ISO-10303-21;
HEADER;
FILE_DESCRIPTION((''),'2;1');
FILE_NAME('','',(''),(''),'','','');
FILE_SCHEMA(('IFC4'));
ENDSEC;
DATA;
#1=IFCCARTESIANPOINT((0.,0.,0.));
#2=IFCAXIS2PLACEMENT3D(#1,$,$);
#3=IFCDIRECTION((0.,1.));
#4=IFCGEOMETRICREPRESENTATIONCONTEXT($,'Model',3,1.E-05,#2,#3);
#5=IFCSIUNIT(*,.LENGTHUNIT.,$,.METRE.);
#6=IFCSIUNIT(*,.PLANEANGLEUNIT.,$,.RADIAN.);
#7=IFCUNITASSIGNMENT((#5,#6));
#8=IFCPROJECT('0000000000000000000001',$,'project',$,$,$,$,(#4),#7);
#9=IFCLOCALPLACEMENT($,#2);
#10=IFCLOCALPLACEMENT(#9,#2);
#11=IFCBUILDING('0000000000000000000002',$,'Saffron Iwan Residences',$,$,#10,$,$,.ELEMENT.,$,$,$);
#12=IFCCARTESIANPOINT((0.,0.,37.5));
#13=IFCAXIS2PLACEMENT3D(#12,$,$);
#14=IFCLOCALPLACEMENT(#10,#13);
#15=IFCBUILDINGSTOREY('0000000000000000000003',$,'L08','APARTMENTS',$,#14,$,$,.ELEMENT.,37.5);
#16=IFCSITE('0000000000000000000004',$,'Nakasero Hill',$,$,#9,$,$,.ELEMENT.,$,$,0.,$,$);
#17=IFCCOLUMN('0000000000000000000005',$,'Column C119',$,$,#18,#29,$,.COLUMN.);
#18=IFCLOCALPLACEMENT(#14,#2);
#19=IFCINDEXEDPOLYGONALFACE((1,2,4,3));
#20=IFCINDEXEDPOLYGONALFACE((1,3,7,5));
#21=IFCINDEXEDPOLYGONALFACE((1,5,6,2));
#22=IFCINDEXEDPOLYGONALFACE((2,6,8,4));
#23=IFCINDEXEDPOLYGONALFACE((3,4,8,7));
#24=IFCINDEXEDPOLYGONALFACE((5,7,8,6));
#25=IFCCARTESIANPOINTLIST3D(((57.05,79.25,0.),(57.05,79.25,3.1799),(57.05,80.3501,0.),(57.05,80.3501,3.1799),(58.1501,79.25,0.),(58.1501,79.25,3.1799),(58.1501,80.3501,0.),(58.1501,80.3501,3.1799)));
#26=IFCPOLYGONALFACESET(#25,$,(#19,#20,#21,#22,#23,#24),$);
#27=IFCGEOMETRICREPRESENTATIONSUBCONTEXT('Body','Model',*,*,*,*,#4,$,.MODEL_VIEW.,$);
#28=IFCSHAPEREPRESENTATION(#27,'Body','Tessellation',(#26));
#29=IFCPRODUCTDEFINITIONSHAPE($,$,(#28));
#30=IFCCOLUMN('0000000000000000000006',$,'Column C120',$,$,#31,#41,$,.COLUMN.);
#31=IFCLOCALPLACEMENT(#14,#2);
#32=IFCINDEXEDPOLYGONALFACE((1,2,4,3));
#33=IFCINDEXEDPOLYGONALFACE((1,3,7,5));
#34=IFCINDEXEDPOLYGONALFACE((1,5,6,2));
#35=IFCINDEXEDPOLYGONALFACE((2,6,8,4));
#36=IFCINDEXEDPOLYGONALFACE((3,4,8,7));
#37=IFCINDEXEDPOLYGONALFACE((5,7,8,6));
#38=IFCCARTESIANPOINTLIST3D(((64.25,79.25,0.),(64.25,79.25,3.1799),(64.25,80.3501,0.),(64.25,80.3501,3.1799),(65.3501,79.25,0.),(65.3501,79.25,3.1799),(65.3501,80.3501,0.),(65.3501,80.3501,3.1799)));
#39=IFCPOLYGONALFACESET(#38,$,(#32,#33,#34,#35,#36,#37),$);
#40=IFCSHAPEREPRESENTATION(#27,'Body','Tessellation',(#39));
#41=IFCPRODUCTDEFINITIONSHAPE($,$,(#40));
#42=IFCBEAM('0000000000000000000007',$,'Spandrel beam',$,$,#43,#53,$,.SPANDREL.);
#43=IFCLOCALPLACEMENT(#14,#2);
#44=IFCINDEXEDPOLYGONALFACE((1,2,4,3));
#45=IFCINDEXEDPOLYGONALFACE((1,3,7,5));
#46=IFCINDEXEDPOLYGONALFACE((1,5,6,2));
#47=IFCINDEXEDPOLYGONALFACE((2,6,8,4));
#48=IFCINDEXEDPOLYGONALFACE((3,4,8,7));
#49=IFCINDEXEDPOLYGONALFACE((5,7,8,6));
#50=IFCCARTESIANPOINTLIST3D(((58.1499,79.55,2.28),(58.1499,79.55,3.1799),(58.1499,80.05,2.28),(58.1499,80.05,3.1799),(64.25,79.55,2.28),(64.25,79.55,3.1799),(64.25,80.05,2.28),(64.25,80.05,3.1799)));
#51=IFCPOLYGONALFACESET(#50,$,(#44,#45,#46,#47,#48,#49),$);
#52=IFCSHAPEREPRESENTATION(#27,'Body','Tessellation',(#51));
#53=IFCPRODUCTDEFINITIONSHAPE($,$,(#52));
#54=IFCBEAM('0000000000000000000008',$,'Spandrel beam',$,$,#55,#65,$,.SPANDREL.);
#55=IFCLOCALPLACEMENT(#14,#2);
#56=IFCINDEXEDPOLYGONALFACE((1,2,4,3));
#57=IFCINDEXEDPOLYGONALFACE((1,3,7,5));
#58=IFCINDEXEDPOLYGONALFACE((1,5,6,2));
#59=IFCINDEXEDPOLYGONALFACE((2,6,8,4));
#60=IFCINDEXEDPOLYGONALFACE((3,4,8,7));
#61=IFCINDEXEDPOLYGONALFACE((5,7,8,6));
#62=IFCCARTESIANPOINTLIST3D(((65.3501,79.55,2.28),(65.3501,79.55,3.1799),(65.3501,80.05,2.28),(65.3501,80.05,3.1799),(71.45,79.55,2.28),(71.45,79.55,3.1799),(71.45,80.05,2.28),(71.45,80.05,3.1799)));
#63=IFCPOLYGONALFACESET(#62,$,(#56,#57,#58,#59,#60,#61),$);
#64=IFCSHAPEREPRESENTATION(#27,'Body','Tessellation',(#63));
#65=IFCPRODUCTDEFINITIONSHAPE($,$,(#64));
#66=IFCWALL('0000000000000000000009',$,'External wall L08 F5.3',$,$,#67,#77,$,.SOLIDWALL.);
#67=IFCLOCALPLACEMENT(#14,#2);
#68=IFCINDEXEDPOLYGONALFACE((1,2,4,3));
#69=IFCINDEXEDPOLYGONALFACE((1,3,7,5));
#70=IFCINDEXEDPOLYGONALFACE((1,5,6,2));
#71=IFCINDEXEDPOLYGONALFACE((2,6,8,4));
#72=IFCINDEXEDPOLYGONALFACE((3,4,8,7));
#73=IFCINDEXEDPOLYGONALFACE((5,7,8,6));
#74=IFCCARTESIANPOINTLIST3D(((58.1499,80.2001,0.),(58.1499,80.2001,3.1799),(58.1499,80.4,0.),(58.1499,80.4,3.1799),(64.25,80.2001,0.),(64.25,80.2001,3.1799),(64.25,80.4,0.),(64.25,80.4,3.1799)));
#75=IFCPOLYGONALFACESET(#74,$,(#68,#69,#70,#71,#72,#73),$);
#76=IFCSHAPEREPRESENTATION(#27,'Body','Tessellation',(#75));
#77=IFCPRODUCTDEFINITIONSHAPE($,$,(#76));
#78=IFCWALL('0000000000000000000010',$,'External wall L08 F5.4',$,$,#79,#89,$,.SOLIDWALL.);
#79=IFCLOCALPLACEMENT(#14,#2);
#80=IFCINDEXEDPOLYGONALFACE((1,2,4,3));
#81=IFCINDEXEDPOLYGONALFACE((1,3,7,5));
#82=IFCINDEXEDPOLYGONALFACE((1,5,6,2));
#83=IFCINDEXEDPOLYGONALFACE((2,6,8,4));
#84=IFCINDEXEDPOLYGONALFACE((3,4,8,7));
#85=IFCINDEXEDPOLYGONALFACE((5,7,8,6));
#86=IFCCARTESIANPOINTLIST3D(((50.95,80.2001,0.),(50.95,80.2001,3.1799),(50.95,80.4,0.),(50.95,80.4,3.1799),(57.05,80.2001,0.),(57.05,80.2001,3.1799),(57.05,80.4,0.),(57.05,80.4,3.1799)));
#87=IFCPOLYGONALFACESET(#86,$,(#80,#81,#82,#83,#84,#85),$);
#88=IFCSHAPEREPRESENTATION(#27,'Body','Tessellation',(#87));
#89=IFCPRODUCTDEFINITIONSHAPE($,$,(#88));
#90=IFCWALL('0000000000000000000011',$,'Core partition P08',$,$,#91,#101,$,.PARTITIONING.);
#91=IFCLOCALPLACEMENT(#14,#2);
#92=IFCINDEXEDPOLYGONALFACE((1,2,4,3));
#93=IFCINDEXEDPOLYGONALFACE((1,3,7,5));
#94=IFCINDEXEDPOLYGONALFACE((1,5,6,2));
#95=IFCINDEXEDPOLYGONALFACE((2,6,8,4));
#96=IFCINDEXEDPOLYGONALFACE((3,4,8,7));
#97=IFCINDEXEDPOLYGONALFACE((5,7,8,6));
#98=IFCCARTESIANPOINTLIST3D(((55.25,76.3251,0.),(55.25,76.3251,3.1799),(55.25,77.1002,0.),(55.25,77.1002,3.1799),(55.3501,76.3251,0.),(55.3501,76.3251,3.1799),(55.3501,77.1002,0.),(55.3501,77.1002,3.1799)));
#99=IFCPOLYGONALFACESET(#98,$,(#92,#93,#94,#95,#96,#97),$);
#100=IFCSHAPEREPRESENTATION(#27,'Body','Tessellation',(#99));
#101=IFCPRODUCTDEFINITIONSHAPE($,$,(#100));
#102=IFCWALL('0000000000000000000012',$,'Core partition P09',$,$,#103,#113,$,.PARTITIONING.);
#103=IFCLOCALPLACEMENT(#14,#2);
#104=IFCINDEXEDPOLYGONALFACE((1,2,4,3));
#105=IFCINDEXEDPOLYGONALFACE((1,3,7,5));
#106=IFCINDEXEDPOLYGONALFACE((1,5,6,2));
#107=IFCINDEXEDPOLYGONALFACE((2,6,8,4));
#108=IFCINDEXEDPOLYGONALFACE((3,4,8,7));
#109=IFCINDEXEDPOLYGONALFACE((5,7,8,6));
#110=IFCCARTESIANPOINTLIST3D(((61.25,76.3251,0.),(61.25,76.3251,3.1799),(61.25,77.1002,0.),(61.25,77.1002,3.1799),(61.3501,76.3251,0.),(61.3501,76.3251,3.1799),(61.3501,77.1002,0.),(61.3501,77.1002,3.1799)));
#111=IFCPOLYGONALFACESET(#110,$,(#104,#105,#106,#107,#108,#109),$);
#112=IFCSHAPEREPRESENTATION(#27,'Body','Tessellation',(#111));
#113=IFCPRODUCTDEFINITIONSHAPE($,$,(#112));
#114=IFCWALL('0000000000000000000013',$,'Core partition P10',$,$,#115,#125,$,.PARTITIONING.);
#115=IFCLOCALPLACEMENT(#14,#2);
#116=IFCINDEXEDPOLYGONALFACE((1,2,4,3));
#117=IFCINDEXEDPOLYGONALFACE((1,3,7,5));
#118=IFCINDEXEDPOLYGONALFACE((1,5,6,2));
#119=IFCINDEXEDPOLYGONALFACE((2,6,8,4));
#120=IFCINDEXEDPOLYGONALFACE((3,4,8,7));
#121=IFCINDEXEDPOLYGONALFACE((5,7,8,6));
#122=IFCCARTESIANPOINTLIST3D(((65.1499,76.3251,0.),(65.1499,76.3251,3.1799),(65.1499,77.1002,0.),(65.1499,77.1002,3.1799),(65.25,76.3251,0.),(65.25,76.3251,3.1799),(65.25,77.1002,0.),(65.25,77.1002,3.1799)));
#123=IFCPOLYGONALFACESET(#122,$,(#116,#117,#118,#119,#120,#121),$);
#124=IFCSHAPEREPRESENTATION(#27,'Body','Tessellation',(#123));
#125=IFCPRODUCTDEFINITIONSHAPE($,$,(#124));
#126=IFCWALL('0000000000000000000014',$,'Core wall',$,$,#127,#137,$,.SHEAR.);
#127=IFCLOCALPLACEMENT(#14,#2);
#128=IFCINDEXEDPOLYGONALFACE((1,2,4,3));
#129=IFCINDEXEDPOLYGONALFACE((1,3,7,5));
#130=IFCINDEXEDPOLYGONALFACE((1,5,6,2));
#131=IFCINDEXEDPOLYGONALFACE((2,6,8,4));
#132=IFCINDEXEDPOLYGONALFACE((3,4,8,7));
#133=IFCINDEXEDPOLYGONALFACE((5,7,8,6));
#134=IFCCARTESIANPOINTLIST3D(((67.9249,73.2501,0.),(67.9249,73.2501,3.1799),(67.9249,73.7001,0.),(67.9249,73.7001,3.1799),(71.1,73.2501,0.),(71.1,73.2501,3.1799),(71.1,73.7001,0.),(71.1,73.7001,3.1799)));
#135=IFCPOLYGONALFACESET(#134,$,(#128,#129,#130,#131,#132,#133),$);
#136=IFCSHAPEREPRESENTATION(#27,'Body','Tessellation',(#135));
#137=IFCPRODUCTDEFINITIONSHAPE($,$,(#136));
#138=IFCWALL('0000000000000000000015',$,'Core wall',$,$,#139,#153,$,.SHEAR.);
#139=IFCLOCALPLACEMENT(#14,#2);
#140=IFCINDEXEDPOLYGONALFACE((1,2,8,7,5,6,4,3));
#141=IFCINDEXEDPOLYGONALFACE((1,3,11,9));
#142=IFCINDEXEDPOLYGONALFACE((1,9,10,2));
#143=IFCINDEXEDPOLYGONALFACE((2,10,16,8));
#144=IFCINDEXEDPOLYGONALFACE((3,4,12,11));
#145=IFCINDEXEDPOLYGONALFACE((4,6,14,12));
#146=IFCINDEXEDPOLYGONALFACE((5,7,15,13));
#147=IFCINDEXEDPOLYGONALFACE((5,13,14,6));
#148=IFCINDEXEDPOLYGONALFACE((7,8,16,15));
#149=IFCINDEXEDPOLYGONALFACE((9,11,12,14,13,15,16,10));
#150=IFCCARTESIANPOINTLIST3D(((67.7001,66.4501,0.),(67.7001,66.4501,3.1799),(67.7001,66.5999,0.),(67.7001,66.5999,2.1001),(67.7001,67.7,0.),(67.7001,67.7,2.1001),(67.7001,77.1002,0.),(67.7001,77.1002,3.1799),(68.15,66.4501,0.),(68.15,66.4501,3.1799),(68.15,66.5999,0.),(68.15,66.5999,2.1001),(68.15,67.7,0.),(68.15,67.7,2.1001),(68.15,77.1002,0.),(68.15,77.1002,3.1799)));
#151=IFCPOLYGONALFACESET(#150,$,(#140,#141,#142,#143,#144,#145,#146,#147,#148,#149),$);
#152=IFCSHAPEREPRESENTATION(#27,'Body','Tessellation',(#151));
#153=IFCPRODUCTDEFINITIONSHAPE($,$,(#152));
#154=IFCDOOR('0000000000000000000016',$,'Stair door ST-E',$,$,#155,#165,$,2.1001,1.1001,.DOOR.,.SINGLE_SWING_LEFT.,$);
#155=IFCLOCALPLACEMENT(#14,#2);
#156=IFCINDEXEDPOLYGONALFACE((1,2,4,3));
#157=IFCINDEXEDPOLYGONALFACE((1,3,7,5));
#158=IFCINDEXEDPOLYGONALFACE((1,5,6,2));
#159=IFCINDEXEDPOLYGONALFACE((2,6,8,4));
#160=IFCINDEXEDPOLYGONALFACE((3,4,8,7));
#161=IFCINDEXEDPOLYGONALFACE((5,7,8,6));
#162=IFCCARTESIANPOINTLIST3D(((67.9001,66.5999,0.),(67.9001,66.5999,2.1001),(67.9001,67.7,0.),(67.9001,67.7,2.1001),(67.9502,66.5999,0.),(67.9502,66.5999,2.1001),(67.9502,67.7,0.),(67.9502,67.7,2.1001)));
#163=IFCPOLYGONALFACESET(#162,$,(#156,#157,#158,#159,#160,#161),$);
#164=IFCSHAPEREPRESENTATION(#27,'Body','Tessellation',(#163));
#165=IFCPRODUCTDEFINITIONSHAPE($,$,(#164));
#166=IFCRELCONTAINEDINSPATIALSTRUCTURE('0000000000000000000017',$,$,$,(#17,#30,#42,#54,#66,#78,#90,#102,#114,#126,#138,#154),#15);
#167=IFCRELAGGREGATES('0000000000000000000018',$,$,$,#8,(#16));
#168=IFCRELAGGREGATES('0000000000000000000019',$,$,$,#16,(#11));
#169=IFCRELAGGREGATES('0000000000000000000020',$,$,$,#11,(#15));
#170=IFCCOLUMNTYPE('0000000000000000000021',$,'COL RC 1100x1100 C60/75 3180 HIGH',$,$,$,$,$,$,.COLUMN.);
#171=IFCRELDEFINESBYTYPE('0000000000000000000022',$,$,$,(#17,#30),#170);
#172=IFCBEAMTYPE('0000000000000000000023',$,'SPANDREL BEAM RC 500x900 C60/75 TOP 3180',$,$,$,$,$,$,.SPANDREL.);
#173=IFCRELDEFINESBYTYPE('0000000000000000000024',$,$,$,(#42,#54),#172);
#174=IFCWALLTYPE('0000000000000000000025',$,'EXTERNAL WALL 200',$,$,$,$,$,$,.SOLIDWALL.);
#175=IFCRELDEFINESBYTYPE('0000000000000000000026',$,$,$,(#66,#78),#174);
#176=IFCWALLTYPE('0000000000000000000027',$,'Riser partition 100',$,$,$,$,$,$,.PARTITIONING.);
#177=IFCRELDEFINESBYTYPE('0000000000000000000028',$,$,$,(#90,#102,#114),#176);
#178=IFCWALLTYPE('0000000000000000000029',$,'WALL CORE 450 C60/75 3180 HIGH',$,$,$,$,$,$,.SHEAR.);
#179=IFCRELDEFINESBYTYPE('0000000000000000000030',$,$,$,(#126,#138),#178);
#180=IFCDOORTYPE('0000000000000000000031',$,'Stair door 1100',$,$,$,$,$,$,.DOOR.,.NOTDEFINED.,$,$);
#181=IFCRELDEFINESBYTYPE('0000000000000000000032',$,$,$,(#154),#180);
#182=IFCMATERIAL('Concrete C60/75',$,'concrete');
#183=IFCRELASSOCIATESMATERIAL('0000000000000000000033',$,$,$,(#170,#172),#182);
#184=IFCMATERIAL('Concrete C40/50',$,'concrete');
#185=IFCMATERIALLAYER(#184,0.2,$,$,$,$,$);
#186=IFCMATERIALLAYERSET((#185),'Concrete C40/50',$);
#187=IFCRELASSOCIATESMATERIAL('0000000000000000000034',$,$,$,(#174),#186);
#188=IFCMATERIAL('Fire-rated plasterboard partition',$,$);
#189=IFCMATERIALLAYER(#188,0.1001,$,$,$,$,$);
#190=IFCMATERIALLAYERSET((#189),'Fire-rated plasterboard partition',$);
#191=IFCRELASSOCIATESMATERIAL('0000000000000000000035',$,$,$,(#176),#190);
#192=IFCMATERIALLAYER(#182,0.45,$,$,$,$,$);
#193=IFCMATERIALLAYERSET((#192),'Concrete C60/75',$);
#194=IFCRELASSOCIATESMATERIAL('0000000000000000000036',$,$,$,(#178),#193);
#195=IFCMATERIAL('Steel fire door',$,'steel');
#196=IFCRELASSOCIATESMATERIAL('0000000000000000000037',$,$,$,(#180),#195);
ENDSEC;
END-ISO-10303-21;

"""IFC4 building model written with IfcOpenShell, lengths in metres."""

from ifc_helpers import new_model, si_unit, direction, frame, frame_2d, origin, origin_2d, place, context, subcontext, project, spatial, rectangle, extrude, source, transform, mapped, material, layer, layer_set, material_profile, profile_set, type_object, element, fill, save


model = new_model("IFC4")

# Units and contexts
model_context = context("Model", 3, precision=1e-05, world=origin(), true_north=direction((0.0, 1.0)))
body_context = subcontext(model_context, "Body", "Model", "MODEL_VIEW")
ifc_project = project(units=[si_unit("LENGTHUNIT", "METRE"), si_unit("PLANEANGLEUNIT", "RADIAN")], contexts=[model_context])

# Site, building, storey
site_placement = place(None, origin())
site = spatial("IfcSite", under=ifc_project, at=site_placement, Name="Nakasero Hill", CompositionType="ELEMENT", RefElevation=0.0)
building_placement = place(site_placement, origin())
building = spatial("IfcBuilding", under=site, at=building_placement, Name="Saffron Iwan Residences", CompositionType="ELEMENT")
storey_placement = place(building_placement, frame((0.0, 0.0, 37.5)))
storey = spatial("IfcBuildingStorey", under=building, at=storey_placement, Name="L08", Description="APARTMENTS", CompositionType="ELEMENT", Elevation=37.5)

# Columns
ifc_material_1 = material(Name="Concrete C60/75", Category="concrete")
ifc_material_profile_1 = material_profile(ifc_material_1, rectangle(XDim=1.1001, YDim=1.1001, at=origin_2d()), Name="RC 1100x1100")
ifc_profile_set_1 = profile_set([ifc_material_profile_1], Name="Concrete C60/75")
column_type = type_object("IfcColumnType", Name="COL RC 1100x1100 C60/75 3180 HIGH", PredefinedType="COLUMN", material=ifc_profile_set_1)
shared_shape_1 = source(origin(), body_context, "Body", "SweptSolid", [
    extrude(rectangle(XDim=1.1001, YDim=1.1001, at=origin_2d()), origin(), (0.0, 0.0, 1.0), 3.1799),
])
for number, where, z_axis, x_axis, name in (
    (1, (57.6001, 79.8, 0.0), (0.0, 0.0, 1.0), (1.0, 0.0, 0.0), "Column C119"),
    (2, (64.8, 79.8, 0.0), (0.0, 0.0, 1.0), (1.0, 0.0, 0.0), "Column C120"),
):
    element("IfcColumn", number, at=place(storey_placement, frame(where, z_axis=z_axis, x_axis=x_axis)), inside=storey, type_object=column_type, Name=name, PredefinedType="COLUMN", context=body_context, shape_type="MappedRepresentation", body=[
        mapped(shared_shape_1, transform((0.0, 0.0, 0.0))),
    ])

# Beams
ifc_material_profile_2 = material_profile(ifc_material_1, rectangle(XDim=0.5, YDim=0.8999, at=origin_2d()), Name="RC 500x900")
ifc_profile_set_2 = profile_set([ifc_material_profile_2], Name="Concrete C60/75")
beam_type = type_object("IfcBeamType", Name="SPANDREL BEAM RC 500x900 C60/75 TOP 3180", PredefinedType="SPANDREL", material=ifc_profile_set_2)
shared_shape_2 = source(origin(), body_context, "Body", "SweptSolid", [
    extrude(rectangle(XDim=0.5, YDim=0.8999, at=origin_2d()), origin(), (0.0, 0.0, 1.0), 6.1001),
])
beam_1_placement = place(storey_placement, frame((58.1499, 79.8, 2.73), z_axis=(1.0, 0.0, 0.0), x_axis=(0.0, 1.0, 0.0)))
element("IfcBeam", 3, at=beam_1_placement, inside=storey, type_object=beam_type, Name="Spandrel beam", PredefinedType="SPANDREL", context=body_context, shape_type="MappedRepresentation", body=[
    mapped(shared_shape_2, transform((0.0, 0.0, 0.0))),
])
shared_shape_3 = source(origin(), body_context, "Body", "SweptSolid", [
    extrude(rectangle(XDim=0.5, YDim=0.8999, at=origin_2d()), origin(), (0.0, 0.0, 1.0), 6.0999),
])
beam_2_placement = place(storey_placement, frame((65.3501, 79.8, 2.73), z_axis=(1.0, 0.0, 0.0), x_axis=(0.0, 1.0, 0.0)))
element("IfcBeam", 4, at=beam_2_placement, inside=storey, type_object=beam_type, Name="Spandrel beam", PredefinedType="SPANDREL", context=body_context, shape_type="MappedRepresentation", body=[
    mapped(shared_shape_3, transform((0.0, 0.0, 0.0))),
])

# Walls
ifc_material_2 = material(Name="Concrete C40/50", Category="concrete")
ifc_layer_1 = layer(ifc_material_2, 0.2)
ifc_layer_set_1 = layer_set([ifc_layer_1], Name="Concrete C40/50")
wall_type_1 = type_object("IfcWallType", Name="EXTERNAL WALL 200", PredefinedType="SOLIDWALL", material=ifc_layer_set_1)
for number, where, z_axis, x_axis, name in (
    (5, (64.25, 80.3, 0.0), (0.0, 0.0, 1.0), (-1.0, 0.0, 0.0), "External wall L08 F5.3"),
    (6, (57.05, 80.3, 0.0), (0.0, 0.0, 1.0), (-1.0, 0.0, 0.0), "External wall L08 F5.4"),
):
    element("IfcWall", number, at=place(storey_placement, frame(where, z_axis=z_axis, x_axis=x_axis)), inside=storey, type_object=wall_type_1, Name=name, PredefinedType="SOLIDWALL", context=body_context, shape_type="SweptSolid", body=[
        extrude(rectangle(XDim=6.1001, YDim=0.2, at=frame_2d((3.05, 0.0))), origin(), (0.0, 0.0, 1.0), 3.1799),
    ])
ifc_material_3 = material(Name="Fire-rated plasterboard partition")
ifc_layer_2 = layer(ifc_material_3, 0.1001)
ifc_layer_set_2 = layer_set([ifc_layer_2], Name="Fire-rated plasterboard partition")
wall_type_2 = type_object("IfcWallType", Name="Riser partition 100", PredefinedType="PARTITIONING", material=ifc_layer_set_2)
for number, where, z_axis, x_axis, name in (
    (7, (55.3, 76.325, 0.0), (0.0, 0.0, 1.0), (0.0, 1.0, 0.0), "Core partition P08"),
    (8, (61.3, 76.325, 0.0), (0.0, 0.0, 1.0), (0.0, 1.0, 0.0), "Core partition P09"),
    (9, (65.2, 76.325, 0.0), (0.0, 0.0, 1.0), (0.0, 1.0, 0.0), "Core partition P10"),
):
    element("IfcWall", number, at=place(storey_placement, frame(where, z_axis=z_axis, x_axis=x_axis)), inside=storey, type_object=wall_type_2, Name=name, PredefinedType="PARTITIONING", context=body_context, shape_type="SweptSolid", body=[
        extrude(rectangle(XDim=0.7751, YDim=0.1001, at=frame_2d((0.3877, 0.0))), origin(), (0.0, 0.0, 1.0), 3.1799),
    ])
ifc_layer_3 = layer(ifc_material_1, 0.45)
ifc_layer_set_3 = layer_set([ifc_layer_3], Name="Concrete C60/75")
wall_type_3 = type_object("IfcWallType", Name="WALL CORE 450 C60/75 3180 HIGH", PredefinedType="SHEAR", material=ifc_layer_set_3)
wall_1_placement = place(storey_placement, frame((67.925, 73.4751, 0.0), z_axis=(0.0, 0.0, 1.0), x_axis=(1.0, 0.0, 0.0)))
element("IfcWall", 10, at=wall_1_placement, inside=storey, type_object=wall_type_3, Name="Core wall", PredefinedType="SHEAR", context=body_context, shape_type="SweptSolid", body=[
    extrude(rectangle(XDim=3.175, YDim=0.45, at=frame_2d((1.5874, 0.0))), origin(), (0.0, 0.0, 1.0), 3.1799),
])

# Wall, opening, door
wall_2_placement = place(storey_placement, frame((67.925, 66.45, 0.0), z_axis=(0.0, 0.0, 1.0), x_axis=(0.0, 1.0, 0.0)))
wall_2 = element("IfcWall", 11, at=wall_2_placement, inside=storey, type_object=wall_type_3, Name="Core wall", PredefinedType="SHEAR", context=body_context, shape_type="SweptSolid", body=[
    extrude(rectangle(XDim=10.6501, YDim=0.45, at=frame_2d((5.3252, 0.0))), origin(), (0.0, 0.0, 1.0), 3.1799),
])
opening_1_placement = place(wall_2_placement, frame((0.1499, 0.0, 0.0)))
opening_1 = element("IfcOpeningElement", 12, at=opening_1_placement, cuts=wall_2, PredefinedType="OPENING", context=body_context, shape_type="SweptSolid", body=[
    extrude(rectangle(XDim=1.1001, YDim=2.1001, at=frame_2d((0.55, 1.05))), frame((0.0, 0.2349, 0.0), z_axis=(0.0, -1.0, 0.0), x_axis=(1.0, 0.0, 0.0)), (0.0, 0.0, 1.0), 0.47),
])
ifc_material_4 = material(Name="Steel fire door", Category="steel")
door_type_1 = type_object("IfcDoorType", Name="Stair door 1100", OperationType="NOTDEFINED", PredefinedType="DOOR", material=ifc_material_4)
door_1_placement = place(opening_1_placement, origin())
door_1 = element("IfcDoor", 13, at=door_1_placement, inside=storey, type_object=door_type_1, Name="Stair door ST-E", OperationType="SINGLE_SWING_LEFT", OverallHeight=2.1001, OverallWidth=1.1001, PredefinedType="DOOR", context=body_context, shape_type="SweptSolid", body=[
    extrude(rectangle(XDim=1.1001, YDim=2.1001, at=frame_2d((0.55, 1.05))), frame((0.0, 0.0249, 0.0), z_axis=(0.0, -1.0, 0.0), x_axis=(1.0, 0.0, 0.0)), (0.0, 0.0, 1.0), 0.05),
])
fill(opening_1, door_1)

save(model, "model.ifc")
